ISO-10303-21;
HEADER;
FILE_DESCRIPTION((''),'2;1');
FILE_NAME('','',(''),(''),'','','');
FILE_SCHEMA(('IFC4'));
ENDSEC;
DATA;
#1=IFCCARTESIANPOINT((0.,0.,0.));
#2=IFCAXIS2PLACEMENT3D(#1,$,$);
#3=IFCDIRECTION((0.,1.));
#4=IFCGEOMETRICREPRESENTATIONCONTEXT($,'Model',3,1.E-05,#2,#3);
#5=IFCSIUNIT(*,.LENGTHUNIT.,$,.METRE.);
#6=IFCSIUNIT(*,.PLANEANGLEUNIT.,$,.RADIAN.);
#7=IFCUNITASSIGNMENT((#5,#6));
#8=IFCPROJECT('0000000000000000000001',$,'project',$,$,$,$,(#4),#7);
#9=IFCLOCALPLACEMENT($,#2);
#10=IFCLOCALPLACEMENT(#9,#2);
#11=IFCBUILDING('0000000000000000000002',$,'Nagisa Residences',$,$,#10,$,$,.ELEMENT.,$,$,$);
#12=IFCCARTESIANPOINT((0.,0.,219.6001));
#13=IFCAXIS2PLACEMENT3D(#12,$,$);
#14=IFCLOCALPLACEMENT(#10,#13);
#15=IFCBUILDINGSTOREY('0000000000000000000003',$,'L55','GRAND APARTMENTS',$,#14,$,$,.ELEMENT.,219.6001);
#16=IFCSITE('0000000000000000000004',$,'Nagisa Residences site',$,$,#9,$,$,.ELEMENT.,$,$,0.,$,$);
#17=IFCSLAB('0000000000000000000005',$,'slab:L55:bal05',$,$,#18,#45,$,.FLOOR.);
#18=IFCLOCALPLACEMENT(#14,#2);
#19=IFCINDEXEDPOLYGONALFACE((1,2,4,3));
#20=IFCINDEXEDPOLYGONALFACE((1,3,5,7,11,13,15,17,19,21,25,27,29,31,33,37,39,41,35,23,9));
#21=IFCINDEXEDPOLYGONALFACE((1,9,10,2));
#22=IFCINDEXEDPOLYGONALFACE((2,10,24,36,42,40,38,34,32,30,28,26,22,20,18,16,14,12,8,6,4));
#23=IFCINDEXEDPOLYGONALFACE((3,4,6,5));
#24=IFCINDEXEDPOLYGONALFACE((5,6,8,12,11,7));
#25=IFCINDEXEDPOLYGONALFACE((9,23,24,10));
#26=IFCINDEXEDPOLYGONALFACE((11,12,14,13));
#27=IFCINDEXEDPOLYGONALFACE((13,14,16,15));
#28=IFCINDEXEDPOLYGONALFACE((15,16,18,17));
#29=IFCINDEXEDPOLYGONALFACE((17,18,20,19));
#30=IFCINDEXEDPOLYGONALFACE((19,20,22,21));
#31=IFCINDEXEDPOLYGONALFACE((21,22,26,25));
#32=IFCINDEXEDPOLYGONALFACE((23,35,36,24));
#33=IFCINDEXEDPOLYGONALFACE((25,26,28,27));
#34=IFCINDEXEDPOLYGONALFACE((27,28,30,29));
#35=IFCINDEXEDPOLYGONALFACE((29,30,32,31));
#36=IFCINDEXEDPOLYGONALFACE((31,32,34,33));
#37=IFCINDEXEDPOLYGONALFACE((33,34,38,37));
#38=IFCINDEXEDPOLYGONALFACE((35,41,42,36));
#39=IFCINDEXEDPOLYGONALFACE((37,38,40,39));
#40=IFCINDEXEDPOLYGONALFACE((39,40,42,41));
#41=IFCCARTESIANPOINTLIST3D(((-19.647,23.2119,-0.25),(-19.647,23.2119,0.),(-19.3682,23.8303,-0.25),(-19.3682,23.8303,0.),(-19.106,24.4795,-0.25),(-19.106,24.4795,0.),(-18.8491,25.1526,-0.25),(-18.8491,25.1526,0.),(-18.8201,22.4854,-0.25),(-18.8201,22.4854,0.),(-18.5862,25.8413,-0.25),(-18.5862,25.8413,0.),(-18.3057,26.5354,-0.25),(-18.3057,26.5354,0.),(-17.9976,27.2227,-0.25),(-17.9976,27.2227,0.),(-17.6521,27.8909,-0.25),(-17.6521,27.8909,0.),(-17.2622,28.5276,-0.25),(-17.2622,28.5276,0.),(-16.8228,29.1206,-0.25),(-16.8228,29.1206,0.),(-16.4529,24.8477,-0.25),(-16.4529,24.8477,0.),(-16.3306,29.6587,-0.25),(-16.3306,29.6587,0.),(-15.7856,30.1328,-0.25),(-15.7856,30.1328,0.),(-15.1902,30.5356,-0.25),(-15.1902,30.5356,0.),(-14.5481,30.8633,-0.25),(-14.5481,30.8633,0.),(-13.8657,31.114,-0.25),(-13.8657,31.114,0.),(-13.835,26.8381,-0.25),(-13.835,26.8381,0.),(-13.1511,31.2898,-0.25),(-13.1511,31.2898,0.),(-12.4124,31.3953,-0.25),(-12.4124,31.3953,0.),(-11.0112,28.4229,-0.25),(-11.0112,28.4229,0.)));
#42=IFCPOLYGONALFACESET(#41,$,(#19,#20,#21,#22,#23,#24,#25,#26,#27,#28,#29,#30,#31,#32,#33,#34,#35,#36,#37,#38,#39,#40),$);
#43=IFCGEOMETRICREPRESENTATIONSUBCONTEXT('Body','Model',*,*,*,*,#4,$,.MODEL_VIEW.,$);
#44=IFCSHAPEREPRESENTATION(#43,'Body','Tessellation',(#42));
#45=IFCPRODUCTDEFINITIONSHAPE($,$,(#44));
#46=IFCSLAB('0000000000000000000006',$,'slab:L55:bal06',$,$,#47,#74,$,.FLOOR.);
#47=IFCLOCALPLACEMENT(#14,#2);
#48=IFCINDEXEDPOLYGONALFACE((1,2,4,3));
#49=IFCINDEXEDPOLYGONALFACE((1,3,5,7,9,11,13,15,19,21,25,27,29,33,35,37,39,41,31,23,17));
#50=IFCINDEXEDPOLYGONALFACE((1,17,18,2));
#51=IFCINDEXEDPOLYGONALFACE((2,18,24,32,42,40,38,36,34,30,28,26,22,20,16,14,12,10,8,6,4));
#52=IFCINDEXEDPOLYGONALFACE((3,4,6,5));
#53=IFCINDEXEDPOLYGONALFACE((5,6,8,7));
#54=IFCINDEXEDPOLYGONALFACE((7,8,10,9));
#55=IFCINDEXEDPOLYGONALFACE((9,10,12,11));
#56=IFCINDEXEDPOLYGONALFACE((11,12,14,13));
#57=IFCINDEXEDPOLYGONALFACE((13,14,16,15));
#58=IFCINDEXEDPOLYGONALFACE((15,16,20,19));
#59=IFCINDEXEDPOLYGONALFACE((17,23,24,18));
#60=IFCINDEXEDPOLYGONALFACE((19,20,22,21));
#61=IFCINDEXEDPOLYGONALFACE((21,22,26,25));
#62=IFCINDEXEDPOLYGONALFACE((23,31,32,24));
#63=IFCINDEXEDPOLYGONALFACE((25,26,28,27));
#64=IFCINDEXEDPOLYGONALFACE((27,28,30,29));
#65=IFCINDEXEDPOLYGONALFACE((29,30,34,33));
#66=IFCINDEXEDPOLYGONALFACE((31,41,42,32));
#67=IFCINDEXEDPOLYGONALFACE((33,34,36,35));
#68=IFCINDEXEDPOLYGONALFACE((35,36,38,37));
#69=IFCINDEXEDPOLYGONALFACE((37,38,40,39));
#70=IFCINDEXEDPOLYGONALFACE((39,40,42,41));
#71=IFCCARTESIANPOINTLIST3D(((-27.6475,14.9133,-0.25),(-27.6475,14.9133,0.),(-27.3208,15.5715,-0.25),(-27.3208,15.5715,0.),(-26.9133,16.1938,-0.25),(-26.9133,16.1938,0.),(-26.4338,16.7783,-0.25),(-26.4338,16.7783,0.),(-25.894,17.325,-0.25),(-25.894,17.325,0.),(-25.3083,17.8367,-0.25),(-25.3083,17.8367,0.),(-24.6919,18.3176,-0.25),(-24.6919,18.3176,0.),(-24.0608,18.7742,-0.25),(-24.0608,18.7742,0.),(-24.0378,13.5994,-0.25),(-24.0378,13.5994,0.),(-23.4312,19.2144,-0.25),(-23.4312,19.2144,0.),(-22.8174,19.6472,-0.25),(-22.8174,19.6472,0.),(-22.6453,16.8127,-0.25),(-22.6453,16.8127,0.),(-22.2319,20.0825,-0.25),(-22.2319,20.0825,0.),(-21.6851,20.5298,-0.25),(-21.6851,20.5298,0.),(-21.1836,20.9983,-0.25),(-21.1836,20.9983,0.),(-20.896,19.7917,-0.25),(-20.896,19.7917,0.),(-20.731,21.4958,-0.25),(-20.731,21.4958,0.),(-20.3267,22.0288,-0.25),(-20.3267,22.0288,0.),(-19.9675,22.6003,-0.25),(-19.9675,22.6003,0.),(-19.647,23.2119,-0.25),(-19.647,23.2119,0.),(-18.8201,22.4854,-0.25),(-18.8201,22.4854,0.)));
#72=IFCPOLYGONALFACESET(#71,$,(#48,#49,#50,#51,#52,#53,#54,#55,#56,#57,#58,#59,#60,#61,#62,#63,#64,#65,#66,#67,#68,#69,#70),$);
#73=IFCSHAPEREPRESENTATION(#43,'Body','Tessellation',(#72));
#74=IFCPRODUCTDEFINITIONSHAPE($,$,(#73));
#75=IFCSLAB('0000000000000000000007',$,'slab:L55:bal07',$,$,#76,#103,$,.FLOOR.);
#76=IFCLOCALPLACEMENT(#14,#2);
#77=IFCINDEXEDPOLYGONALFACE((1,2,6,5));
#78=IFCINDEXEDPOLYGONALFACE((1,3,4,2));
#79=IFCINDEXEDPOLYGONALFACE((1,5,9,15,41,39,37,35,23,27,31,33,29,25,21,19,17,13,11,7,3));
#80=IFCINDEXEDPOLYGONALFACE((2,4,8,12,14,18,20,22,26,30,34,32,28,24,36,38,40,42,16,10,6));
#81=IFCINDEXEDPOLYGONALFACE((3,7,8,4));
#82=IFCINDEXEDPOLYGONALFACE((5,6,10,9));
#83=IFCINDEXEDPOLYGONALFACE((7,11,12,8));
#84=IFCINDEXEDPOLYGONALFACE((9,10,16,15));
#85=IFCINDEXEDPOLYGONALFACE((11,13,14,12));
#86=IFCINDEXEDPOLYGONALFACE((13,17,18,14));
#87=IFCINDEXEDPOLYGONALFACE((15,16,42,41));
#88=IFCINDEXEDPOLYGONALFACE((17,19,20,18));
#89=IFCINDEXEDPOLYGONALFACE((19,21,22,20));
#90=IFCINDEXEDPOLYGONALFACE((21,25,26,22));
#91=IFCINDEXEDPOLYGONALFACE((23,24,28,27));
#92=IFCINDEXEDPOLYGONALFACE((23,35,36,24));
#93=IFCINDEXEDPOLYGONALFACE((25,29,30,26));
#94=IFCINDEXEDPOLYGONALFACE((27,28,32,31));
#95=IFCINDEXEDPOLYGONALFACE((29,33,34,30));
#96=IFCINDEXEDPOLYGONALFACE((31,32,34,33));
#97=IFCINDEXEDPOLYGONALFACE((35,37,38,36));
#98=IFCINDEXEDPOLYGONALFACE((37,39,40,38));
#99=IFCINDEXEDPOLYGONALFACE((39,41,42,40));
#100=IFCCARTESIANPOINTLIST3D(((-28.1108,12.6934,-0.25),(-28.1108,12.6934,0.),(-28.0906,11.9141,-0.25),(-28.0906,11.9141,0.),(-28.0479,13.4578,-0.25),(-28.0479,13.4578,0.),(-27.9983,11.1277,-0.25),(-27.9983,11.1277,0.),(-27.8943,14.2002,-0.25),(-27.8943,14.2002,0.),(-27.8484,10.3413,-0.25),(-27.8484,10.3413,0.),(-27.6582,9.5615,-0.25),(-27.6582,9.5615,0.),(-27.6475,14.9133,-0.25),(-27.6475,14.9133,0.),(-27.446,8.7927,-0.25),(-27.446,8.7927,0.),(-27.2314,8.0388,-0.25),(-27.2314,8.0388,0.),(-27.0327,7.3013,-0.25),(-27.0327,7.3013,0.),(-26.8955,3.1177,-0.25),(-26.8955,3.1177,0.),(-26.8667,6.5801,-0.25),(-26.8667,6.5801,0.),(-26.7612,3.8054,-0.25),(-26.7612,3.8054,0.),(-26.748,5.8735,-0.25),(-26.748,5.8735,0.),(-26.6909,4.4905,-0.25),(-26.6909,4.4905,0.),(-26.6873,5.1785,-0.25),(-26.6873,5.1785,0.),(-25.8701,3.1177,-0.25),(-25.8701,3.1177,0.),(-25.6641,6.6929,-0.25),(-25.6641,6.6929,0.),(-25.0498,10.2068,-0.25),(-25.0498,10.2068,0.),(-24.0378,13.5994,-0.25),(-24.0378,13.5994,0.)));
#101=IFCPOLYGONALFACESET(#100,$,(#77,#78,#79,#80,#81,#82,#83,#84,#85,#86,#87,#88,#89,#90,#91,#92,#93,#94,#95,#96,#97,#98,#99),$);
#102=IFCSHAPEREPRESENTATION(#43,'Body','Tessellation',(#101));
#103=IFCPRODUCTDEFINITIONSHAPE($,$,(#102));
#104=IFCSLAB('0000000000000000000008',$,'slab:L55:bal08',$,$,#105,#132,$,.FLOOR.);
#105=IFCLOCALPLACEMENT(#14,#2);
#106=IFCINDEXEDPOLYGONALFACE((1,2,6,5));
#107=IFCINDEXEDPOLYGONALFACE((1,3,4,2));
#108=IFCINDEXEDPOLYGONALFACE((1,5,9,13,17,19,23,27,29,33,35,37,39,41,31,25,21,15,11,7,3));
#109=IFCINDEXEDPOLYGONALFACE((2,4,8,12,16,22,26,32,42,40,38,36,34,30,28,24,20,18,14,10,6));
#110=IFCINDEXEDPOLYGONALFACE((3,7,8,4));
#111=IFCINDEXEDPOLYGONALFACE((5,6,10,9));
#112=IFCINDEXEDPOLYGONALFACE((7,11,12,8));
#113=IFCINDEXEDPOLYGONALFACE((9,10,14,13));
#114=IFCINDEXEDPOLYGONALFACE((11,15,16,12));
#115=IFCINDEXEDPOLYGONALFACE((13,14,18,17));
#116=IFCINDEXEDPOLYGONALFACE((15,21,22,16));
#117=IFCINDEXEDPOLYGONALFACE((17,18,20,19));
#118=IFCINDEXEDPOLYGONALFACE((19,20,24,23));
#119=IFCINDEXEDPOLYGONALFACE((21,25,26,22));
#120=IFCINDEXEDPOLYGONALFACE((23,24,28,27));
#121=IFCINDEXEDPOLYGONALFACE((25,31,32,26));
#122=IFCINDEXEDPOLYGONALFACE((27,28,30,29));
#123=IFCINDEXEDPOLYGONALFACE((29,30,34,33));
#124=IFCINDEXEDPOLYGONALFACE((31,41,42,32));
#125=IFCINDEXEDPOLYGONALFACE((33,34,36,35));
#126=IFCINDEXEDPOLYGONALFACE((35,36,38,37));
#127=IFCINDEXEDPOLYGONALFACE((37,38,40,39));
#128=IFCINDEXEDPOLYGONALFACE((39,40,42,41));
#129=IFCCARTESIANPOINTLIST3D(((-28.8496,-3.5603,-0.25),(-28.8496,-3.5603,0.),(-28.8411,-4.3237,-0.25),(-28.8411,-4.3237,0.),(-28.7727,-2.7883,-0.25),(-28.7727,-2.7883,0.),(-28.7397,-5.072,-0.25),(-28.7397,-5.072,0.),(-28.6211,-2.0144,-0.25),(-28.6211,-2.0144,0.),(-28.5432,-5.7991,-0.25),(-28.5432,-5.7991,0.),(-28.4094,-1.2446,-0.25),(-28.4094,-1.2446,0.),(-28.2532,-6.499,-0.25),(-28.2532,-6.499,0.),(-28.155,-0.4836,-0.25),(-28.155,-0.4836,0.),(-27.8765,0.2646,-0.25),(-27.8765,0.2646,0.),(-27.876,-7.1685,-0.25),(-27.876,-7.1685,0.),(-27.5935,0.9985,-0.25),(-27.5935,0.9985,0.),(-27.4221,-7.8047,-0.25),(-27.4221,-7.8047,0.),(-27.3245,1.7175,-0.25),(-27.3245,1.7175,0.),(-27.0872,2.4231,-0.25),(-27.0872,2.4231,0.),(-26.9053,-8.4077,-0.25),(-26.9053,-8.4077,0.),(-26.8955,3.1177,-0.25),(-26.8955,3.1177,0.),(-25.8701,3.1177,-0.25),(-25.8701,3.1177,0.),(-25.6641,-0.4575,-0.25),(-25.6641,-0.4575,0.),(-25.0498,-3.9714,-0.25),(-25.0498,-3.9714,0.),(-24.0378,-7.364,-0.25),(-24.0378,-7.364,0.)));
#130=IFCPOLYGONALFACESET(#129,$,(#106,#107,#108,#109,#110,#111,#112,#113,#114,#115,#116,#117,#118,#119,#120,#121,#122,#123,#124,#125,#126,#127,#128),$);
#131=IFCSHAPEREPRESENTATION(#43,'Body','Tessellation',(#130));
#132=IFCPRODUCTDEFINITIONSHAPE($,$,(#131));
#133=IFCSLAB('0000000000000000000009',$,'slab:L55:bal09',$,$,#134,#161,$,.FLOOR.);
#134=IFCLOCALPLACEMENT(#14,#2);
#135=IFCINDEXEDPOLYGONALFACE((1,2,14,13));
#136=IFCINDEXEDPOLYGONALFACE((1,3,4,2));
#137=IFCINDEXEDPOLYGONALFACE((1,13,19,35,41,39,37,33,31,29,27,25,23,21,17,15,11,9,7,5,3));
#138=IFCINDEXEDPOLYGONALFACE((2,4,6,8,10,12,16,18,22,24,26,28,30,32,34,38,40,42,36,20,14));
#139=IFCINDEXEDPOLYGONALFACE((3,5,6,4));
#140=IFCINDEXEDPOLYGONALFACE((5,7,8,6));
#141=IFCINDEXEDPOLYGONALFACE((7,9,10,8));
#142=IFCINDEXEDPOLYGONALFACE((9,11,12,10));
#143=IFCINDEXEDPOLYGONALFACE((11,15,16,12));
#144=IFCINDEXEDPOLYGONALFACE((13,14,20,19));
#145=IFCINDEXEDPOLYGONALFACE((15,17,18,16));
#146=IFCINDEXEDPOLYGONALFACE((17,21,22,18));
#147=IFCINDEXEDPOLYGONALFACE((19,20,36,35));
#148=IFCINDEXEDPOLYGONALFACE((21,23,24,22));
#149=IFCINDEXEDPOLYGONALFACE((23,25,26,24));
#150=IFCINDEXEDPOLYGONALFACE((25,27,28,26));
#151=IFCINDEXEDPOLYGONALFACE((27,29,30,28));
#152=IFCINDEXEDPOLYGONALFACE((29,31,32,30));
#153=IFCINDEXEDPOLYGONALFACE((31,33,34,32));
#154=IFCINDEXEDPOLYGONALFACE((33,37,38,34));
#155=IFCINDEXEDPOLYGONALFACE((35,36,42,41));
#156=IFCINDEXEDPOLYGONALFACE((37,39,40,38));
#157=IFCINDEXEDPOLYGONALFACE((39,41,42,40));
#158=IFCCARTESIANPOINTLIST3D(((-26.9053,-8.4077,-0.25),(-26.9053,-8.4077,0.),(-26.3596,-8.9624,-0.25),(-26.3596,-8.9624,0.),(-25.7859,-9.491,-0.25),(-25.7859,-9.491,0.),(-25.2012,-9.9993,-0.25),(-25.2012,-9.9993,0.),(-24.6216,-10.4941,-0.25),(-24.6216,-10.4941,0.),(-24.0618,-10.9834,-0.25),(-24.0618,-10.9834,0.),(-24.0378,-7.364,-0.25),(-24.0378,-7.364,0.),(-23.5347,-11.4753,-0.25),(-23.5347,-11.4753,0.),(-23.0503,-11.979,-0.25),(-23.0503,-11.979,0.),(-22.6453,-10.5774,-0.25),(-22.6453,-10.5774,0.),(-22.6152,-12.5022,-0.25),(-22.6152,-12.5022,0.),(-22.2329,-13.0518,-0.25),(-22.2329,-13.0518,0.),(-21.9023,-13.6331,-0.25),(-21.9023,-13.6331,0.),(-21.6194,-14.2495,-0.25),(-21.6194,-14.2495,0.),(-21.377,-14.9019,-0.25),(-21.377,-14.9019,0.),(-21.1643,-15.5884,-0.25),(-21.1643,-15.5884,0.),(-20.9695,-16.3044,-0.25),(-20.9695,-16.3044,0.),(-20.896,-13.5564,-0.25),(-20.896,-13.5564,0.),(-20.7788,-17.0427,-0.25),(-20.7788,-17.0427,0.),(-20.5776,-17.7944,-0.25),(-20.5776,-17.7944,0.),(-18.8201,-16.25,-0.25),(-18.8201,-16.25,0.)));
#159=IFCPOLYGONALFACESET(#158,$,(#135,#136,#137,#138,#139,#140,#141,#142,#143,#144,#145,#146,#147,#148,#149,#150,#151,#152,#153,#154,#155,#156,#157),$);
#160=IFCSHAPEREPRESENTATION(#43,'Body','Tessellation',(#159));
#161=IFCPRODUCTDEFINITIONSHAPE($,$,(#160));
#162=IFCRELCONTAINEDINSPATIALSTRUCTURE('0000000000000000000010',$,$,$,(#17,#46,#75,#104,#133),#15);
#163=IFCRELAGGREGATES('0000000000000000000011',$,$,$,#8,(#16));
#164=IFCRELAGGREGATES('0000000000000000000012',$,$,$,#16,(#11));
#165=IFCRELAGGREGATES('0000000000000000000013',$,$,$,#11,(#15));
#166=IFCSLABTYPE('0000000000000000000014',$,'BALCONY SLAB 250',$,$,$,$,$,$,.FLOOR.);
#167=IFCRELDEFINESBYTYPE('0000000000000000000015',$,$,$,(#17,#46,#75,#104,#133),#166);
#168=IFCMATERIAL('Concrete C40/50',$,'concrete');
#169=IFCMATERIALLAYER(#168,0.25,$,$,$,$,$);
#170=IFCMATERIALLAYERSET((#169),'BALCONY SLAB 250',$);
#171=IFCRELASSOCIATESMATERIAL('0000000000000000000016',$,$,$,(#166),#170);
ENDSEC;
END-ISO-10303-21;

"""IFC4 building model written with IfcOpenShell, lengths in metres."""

from ifc_helpers import new_model, si_unit, direction, frame, origin, place, context, subcontext, project, spatial, polyline, outline, extrude, material, layer, layer_set, type_object, element, save


model = new_model("IFC4")

# Units and contexts
model_context = context("Model", 3, precision=1e-05, world=origin(), true_north=direction((0.0, 1.0)))
body_context = subcontext(model_context, "Body", "Model", "MODEL_VIEW")
ifc_project = project(units=[si_unit("LENGTHUNIT", "METRE"), si_unit("PLANEANGLEUNIT", "RADIAN")], contexts=[model_context])

# Site, building, storey
site_placement = place(None, origin())
site = spatial("IfcSite", under=ifc_project, at=site_placement, Name="Nagisa Residences site", CompositionType="ELEMENT", RefElevation=0.0)
building_placement = place(site_placement, origin())
building = spatial("IfcBuilding", under=site, at=building_placement, Name="Nagisa Residences", CompositionType="ELEMENT")
storey_placement = place(building_placement, frame((0.0, 0.0, 219.6001)))
storey = spatial("IfcBuildingStorey", under=building, at=storey_placement, Name="L55", Description="GRAND APARTMENTS", CompositionType="ELEMENT", Elevation=219.6001)

# Slabs
ifc_material_1 = material(Name="Concrete C40/50", Category="concrete")
ifc_layer_1 = layer(ifc_material_1, 0.25)
ifc_layer_set_1 = layer_set([ifc_layer_1], Name="BALCONY SLAB 250")
slab_type_1 = type_object("IfcSlabType", Name="BALCONY SLAB 250", PredefinedType="FLOOR", material=ifc_layer_set_1)
slab_1_placement = place(storey_placement, frame((0.0, 0.0, -0.25)))
element("IfcSlab", 1, at=slab_1_placement, inside=storey, type_object=slab_type_1, Name="slab:L55:bal05", PredefinedType="FLOOR", context=body_context, shape_type="SweptSolid", body=[
    extrude(outline(polyline([(-12.4124, 31.3953), (-13.1511, 31.2898), (-13.8657, 31.114), (-14.5481, 30.8633), (-15.1902, 30.5356), (-15.7856, 30.1328), (-16.3306, 29.6587), (-16.8228, 29.1206), (-17.2622, 28.5276), (-17.6521, 27.8909), (-17.9976, 27.2227), (-18.3057, 26.5354), (-18.5862, 25.8413), (-18.8491, 25.1526), (-19.106, 24.4795), (-19.3682, 23.8303), (-19.647, 23.2119), (-18.8201, 22.4854), (-16.4529, 24.8477), (-13.835, 26.8381), (-11.0112, 28.4229), (-12.4124, 31.3953)])), origin(), (0.0, 0.0, 1.0), 0.25),
])
slab_2_placement = place(storey_placement, frame((0.0, 0.0, -0.25)))
element("IfcSlab", 2, at=slab_2_placement, inside=storey, type_object=slab_type_1, Name="slab:L55:bal06", PredefinedType="FLOOR", context=body_context, shape_type="SweptSolid", body=[
    extrude(outline(polyline([(-19.647, 23.2119), (-19.9675, 22.6003), (-20.3267, 22.0288), (-20.731, 21.4958), (-21.1836, 20.9983), (-21.6851, 20.5298), (-22.2319, 20.0825), (-22.8174, 19.6472), (-23.4312, 19.2144), (-24.0608, 18.7742), (-24.6919, 18.3176), (-25.3083, 17.8367), (-25.894, 17.325), (-26.4338, 16.7783), (-26.9133, 16.1938), (-27.3208, 15.5715), (-27.6475, 14.9133), (-24.0378, 13.5994), (-22.6453, 16.8127), (-20.896, 19.7917), (-18.8201, 22.4854), (-19.647, 23.2119)])), origin(), (0.0, 0.0, 1.0), 0.25),
])
slab_3_placement = place(storey_placement, frame((0.0, 0.0, -0.25)))
element("IfcSlab", 3, at=slab_3_placement, inside=storey, type_object=slab_type_1, Name="slab:L55:bal07", PredefinedType="FLOOR", context=body_context, shape_type="SweptSolid", body=[
    extrude(outline(polyline([(-27.6475, 14.9133), (-27.8943, 14.2002), (-28.0479, 13.4578), (-28.1108, 12.6934), (-28.0906, 11.9141), (-27.9983, 11.1277), (-27.8484, 10.3413), (-27.6582, 9.5615), (-27.446, 8.7927), (-27.2314, 8.0388), (-27.0327, 7.3013), (-26.8667, 6.5801), (-26.748, 5.8735), (-26.6873, 5.1785), (-26.6909, 4.4905), (-26.7612, 3.8054), (-26.8955, 3.1177), (-25.8701, 3.1177), (-25.6641, 6.6929), (-25.0498, 10.2068), (-24.0378, 13.5994), (-27.6475, 14.9133)])), origin(), (0.0, 0.0, 1.0), 0.25),
])
slab_4_placement = place(storey_placement, frame((0.0, 0.0, -0.25)))
element("IfcSlab", 4, at=slab_4_placement, inside=storey, type_object=slab_type_1, Name="slab:L55:bal08", PredefinedType="FLOOR", context=body_context, shape_type="SweptSolid", body=[
    extrude(outline(polyline([(-26.8955, 3.1177), (-27.0872, 2.4231), (-27.3245, 1.7175), (-27.5935, 0.9985), (-27.8765, 0.2646), (-28.155, -0.4836), (-28.4094, -1.2446), (-28.6211, -2.0144), (-28.7727, -2.7883), (-28.8496, -3.5603), (-28.8411, -4.3237), (-28.7397, -5.072), (-28.5432, -5.7991), (-28.2532, -6.499), (-27.876, -7.1685), (-27.4221, -7.8047), (-26.9053, -8.4077), (-24.0378, -7.364), (-25.0498, -3.9714), (-25.6641, -0.4575), (-25.8701, 3.1177), (-26.8955, 3.1177)])), origin(), (0.0, 0.0, 1.0), 0.25),
])
slab_5_placement = place(storey_placement, frame((0.0, 0.0, -0.25)))
element("IfcSlab", 5, at=slab_5_placement, inside=storey, type_object=slab_type_1, Name="slab:L55:bal09", PredefinedType="FLOOR", context=body_context, shape_type="SweptSolid", body=[
    extrude(outline(polyline([(-26.9053, -8.4077), (-26.3596, -8.9624), (-25.7859, -9.491), (-25.2012, -9.9993), (-24.6216, -10.4941), (-24.0618, -10.9834), (-23.5347, -11.4753), (-23.0503, -11.979), (-22.6152, -12.5022), (-22.2329, -13.0518), (-21.9023, -13.6331), (-21.6194, -14.2495), (-21.377, -14.9019), (-21.1643, -15.5884), (-20.9695, -16.3044), (-20.7788, -17.0427), (-20.5776, -17.7944), (-18.8201, -16.25), (-20.896, -13.5564), (-22.6453, -10.5774), (-24.0378, -7.364), (-26.9053, -8.4077)])), origin(), (0.0, 0.0, 1.0), 0.25),
])

save(model, "model.ifc")
